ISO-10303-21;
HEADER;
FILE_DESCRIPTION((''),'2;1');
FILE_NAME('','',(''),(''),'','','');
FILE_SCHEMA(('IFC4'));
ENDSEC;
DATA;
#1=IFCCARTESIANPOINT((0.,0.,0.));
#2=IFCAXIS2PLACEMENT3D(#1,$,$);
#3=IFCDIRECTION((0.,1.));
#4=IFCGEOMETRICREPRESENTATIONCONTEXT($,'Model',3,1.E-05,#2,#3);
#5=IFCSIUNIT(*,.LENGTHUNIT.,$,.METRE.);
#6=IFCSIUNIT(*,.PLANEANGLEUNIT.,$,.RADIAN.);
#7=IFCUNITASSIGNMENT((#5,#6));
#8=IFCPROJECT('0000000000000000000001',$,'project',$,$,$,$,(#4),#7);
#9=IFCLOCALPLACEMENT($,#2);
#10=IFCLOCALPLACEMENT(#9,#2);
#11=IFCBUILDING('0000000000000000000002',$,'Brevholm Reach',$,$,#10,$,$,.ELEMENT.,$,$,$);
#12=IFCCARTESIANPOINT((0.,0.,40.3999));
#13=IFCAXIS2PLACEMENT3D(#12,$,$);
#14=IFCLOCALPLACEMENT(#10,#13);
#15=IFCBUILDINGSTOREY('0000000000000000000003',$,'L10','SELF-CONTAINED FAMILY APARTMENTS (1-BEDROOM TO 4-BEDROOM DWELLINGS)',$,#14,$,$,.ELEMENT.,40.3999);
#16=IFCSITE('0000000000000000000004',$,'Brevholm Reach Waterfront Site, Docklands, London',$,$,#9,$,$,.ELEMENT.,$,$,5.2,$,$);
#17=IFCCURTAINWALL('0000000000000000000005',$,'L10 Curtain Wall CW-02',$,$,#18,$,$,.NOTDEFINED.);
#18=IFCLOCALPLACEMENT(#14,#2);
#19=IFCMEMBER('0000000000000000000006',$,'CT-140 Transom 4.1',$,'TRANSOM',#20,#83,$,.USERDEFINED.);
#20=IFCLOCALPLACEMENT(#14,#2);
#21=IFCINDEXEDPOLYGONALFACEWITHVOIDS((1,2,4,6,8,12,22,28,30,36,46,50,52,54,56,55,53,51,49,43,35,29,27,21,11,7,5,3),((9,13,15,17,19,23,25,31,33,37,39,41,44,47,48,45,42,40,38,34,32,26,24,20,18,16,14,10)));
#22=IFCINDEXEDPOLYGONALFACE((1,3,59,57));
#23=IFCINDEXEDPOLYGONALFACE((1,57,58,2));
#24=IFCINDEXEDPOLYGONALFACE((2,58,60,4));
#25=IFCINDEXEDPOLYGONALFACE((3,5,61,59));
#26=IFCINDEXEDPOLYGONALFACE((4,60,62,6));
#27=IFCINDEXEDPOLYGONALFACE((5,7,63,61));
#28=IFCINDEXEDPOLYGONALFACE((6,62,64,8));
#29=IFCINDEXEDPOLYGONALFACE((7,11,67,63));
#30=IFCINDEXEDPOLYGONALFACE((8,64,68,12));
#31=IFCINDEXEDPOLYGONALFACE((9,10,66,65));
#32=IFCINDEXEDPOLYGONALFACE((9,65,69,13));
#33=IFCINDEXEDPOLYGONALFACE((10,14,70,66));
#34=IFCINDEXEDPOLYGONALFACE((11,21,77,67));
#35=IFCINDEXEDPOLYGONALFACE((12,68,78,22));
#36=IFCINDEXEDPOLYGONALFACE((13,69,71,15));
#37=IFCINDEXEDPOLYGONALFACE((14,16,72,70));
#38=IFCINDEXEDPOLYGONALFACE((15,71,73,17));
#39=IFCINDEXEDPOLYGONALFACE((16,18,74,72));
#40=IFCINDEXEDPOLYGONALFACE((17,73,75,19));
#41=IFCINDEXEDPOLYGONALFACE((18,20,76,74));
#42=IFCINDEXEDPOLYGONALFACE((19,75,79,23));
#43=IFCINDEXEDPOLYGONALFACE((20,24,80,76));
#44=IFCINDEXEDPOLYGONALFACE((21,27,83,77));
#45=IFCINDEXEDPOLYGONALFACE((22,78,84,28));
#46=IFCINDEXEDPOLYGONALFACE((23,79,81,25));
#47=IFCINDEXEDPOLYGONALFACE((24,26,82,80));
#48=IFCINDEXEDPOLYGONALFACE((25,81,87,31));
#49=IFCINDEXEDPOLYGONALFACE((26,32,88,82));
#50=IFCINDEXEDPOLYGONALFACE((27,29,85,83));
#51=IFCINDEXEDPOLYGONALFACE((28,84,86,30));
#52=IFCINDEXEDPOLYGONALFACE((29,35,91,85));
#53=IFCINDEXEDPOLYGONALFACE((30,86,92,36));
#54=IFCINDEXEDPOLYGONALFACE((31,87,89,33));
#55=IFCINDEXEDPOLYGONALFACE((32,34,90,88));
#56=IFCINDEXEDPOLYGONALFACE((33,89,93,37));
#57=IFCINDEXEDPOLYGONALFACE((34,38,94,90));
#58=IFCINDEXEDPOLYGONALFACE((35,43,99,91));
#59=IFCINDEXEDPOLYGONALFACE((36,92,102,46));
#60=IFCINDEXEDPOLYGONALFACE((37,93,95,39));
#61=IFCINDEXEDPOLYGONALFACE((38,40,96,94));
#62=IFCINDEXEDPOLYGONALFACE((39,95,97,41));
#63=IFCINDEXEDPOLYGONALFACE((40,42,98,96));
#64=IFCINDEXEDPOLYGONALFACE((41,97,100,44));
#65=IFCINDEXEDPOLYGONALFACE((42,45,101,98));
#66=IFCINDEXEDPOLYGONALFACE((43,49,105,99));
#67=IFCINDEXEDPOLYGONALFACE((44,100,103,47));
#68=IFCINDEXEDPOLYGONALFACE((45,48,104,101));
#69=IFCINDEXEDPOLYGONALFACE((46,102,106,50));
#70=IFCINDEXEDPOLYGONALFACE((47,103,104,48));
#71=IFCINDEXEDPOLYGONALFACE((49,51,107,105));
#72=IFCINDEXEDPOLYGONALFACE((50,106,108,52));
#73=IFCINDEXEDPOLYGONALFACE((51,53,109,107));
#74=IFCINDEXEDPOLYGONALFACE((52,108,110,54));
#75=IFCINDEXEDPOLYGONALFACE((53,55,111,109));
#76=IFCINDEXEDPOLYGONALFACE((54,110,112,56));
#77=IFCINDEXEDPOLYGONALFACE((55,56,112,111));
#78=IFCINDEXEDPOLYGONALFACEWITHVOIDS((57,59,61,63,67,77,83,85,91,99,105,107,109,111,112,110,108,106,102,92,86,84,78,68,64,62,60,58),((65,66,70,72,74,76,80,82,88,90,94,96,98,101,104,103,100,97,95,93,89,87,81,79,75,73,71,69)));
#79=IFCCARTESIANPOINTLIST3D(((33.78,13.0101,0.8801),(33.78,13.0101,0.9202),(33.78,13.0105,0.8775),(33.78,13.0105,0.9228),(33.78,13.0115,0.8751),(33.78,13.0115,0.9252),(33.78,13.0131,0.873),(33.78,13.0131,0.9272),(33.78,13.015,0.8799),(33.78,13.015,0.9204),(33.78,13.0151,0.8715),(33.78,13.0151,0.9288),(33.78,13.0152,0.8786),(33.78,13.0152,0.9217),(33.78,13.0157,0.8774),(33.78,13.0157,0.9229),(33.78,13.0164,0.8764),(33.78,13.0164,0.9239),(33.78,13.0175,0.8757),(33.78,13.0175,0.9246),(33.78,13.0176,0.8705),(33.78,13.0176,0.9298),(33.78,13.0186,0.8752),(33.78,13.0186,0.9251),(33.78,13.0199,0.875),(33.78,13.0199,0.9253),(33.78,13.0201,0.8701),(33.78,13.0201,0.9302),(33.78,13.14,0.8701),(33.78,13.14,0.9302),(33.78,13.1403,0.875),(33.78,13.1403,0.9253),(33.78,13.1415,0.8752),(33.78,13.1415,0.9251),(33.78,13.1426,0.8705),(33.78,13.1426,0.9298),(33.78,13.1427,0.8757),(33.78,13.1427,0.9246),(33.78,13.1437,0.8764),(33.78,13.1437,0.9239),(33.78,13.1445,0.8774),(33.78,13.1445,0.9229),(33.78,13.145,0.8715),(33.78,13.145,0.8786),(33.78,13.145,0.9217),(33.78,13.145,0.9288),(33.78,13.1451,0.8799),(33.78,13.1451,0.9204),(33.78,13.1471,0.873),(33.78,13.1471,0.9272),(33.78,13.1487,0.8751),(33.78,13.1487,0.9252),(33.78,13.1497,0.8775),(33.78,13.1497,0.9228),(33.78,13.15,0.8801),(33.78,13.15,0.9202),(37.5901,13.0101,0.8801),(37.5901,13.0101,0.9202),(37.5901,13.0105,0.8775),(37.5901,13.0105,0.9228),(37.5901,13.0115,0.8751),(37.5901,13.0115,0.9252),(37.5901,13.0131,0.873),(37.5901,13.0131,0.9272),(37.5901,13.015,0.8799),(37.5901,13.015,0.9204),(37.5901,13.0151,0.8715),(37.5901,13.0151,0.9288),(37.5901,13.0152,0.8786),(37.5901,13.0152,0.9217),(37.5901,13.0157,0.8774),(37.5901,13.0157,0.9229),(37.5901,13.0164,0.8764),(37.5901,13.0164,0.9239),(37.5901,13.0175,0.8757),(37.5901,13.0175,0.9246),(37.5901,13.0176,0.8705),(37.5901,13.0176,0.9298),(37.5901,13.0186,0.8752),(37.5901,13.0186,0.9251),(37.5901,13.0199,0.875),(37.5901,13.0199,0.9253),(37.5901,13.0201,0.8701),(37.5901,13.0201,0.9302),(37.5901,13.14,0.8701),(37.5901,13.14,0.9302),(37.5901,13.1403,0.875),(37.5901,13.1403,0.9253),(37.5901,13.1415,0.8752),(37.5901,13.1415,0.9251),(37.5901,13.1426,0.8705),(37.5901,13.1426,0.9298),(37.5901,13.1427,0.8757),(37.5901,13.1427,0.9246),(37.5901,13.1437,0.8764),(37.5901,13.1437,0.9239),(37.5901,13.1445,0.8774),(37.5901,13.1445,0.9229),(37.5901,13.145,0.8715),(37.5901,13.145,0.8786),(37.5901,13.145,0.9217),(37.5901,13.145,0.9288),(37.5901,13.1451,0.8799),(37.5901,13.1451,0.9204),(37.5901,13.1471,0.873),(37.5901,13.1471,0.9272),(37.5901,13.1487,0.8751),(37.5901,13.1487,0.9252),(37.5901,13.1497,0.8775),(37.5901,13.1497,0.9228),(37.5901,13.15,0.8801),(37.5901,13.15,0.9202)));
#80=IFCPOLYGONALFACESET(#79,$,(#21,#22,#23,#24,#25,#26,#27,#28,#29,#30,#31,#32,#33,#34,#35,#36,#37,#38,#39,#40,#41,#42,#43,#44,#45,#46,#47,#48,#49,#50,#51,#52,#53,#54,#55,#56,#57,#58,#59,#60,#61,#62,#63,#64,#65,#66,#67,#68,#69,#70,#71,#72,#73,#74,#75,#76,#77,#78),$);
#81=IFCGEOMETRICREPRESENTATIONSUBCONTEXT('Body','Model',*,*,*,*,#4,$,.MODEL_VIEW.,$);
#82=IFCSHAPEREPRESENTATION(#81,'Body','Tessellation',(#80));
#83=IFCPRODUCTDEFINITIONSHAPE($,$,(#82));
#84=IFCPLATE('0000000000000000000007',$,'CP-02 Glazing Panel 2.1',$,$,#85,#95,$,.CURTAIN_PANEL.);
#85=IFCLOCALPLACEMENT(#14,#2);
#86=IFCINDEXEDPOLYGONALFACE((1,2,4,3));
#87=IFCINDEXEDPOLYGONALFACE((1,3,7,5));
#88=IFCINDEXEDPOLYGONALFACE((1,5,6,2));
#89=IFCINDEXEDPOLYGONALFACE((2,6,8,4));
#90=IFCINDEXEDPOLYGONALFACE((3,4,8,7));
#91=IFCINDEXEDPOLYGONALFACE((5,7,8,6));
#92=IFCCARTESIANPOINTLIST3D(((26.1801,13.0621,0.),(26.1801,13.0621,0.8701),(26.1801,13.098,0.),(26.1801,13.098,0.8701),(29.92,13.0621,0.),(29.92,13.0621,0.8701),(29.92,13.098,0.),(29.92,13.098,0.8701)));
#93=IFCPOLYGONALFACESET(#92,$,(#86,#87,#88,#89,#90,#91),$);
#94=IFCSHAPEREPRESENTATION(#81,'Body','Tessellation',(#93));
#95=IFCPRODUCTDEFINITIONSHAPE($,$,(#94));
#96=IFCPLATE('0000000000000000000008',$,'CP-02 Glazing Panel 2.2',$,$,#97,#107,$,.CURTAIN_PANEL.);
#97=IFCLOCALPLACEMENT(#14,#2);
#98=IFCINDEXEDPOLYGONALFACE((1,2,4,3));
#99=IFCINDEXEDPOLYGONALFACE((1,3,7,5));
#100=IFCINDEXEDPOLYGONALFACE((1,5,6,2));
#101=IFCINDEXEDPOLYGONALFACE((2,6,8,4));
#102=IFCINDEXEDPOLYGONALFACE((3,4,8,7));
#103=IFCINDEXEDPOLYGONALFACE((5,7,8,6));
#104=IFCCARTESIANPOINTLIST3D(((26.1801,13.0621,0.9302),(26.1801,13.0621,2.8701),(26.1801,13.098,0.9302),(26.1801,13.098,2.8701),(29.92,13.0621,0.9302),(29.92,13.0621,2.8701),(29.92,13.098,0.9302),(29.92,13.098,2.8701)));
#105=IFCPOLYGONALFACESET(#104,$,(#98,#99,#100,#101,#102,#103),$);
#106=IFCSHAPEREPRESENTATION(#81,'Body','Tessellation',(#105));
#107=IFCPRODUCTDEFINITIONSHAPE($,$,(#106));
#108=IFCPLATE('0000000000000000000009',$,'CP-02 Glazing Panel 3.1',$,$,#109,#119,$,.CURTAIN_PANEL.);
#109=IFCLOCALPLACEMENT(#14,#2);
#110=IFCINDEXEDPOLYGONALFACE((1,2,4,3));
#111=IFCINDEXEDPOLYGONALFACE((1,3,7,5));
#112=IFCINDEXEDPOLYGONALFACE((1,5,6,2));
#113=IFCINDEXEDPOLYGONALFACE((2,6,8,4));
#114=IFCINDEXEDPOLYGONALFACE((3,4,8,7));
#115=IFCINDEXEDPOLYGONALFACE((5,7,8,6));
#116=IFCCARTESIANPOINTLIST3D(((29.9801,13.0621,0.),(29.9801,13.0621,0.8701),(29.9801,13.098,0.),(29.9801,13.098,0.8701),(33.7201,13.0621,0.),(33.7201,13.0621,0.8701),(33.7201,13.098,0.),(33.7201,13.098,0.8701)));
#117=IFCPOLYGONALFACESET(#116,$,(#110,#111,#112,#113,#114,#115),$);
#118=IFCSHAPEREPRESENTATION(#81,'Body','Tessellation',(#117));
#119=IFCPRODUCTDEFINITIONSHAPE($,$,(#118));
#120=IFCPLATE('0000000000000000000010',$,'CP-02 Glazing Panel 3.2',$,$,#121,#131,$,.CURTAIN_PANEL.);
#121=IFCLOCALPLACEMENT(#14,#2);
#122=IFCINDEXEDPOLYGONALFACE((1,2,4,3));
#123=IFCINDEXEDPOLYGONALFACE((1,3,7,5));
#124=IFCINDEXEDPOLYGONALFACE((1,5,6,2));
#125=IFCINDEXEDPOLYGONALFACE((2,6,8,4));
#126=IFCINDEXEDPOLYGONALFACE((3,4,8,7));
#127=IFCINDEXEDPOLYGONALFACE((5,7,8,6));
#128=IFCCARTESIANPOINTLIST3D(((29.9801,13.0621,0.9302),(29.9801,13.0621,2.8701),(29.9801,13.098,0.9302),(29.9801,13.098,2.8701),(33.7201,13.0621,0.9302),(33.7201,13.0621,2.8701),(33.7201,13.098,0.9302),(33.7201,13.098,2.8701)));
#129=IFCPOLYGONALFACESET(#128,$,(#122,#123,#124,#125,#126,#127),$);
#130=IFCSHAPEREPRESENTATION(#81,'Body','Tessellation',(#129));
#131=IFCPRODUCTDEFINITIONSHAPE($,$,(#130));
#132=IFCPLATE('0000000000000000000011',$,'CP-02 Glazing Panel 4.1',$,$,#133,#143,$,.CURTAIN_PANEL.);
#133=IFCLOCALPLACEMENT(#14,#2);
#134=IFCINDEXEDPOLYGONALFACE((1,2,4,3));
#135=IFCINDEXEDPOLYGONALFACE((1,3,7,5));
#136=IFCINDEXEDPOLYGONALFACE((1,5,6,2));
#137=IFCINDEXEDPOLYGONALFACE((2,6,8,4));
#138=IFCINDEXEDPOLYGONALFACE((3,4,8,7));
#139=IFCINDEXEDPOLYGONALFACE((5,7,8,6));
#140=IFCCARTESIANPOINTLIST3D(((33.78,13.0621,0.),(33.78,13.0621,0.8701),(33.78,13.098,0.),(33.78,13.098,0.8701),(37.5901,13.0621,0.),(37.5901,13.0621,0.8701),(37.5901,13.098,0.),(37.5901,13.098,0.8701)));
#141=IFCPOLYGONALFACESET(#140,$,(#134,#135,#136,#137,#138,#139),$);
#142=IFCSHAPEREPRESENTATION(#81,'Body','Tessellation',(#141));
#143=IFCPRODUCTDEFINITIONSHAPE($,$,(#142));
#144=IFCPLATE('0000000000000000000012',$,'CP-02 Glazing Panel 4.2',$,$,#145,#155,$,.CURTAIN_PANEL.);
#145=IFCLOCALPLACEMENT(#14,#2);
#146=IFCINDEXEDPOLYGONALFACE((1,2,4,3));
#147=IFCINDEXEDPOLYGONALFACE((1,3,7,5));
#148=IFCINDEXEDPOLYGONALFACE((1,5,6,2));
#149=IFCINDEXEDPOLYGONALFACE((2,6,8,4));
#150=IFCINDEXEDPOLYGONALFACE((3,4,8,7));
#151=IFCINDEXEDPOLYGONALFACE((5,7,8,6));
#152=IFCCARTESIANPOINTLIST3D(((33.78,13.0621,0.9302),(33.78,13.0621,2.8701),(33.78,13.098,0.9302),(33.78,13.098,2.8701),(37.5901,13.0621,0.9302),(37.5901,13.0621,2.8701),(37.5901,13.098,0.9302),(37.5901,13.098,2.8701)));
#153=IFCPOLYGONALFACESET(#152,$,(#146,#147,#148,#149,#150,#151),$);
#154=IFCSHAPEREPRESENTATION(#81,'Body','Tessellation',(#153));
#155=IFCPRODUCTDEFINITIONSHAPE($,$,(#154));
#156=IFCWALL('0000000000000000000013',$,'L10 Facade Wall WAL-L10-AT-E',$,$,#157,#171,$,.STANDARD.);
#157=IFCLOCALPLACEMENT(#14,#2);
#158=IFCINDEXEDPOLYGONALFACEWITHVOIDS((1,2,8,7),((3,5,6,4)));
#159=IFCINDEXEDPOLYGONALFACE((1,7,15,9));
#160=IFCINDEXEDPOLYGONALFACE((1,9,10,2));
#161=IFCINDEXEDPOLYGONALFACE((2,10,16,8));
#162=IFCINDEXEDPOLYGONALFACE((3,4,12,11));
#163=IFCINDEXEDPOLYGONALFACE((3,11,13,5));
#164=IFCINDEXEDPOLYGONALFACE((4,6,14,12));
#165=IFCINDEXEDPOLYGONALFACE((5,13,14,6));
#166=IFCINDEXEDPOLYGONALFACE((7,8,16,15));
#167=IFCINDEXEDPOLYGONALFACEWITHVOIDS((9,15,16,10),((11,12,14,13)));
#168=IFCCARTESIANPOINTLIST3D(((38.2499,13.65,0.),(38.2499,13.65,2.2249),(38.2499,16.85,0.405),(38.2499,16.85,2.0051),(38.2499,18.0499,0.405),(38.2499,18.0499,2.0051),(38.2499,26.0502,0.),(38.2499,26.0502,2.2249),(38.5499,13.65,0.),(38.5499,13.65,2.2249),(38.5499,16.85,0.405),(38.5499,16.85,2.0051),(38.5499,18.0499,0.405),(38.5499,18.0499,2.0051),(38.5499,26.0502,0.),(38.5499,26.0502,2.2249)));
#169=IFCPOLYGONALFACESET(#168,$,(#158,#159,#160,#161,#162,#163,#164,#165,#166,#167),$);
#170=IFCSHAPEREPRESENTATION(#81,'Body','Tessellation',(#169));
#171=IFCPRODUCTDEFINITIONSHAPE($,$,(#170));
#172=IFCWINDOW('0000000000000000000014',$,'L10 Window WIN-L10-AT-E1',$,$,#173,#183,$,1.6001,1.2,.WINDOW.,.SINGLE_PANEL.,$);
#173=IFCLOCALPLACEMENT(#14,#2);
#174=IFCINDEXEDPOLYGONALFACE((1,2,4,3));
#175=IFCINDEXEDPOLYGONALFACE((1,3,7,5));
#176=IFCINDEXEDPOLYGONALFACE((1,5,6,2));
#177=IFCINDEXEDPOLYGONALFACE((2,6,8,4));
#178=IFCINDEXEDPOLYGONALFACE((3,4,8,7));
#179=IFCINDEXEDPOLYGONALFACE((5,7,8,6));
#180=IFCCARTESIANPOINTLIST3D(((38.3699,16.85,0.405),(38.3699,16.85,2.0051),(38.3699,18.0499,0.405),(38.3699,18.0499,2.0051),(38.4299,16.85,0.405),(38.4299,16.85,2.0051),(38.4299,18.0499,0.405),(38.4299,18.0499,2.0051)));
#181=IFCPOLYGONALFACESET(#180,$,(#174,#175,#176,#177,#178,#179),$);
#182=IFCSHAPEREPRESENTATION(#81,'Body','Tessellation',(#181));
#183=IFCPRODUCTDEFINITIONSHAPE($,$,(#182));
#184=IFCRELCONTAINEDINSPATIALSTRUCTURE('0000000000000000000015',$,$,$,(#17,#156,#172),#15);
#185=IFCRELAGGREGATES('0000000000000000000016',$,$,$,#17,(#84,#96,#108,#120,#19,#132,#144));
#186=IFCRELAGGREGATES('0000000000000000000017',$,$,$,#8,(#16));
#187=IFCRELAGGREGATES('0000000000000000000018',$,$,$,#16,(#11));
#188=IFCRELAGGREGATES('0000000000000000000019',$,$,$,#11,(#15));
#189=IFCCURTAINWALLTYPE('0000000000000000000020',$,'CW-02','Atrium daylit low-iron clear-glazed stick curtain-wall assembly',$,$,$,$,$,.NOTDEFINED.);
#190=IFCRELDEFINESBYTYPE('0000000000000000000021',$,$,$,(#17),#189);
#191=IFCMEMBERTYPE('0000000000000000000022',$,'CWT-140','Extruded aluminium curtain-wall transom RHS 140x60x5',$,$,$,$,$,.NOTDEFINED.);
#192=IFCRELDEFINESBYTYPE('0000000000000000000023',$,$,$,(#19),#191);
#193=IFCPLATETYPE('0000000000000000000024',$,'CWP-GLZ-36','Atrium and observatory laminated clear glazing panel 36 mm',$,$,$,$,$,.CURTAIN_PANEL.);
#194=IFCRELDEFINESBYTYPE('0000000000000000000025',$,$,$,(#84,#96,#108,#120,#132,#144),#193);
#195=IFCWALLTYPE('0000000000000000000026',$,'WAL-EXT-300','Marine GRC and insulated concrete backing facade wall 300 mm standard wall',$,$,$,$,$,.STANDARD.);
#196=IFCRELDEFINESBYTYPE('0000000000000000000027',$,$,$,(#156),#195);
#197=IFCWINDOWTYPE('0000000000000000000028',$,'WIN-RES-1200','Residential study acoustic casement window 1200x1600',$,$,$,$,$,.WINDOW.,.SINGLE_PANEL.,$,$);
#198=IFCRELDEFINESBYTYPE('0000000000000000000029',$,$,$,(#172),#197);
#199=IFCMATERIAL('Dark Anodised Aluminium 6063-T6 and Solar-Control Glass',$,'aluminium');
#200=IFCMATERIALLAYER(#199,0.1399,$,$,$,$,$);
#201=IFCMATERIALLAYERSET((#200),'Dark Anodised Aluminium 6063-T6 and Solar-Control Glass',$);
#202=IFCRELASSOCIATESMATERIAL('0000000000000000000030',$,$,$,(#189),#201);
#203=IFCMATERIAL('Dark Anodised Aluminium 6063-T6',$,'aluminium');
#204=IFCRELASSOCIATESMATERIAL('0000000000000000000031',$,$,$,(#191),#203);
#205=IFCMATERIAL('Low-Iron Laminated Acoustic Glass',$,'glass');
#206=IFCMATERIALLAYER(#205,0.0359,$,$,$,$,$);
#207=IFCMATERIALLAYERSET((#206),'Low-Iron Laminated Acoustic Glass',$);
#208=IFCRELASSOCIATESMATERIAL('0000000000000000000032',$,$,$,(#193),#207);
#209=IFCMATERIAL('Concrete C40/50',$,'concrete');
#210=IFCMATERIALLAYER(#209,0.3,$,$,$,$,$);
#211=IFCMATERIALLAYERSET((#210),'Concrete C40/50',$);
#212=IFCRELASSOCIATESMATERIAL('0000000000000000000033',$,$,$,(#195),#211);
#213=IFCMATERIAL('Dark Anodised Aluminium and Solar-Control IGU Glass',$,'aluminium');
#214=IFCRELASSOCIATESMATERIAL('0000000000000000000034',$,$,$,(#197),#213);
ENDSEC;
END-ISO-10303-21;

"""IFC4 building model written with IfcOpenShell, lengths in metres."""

from ifc_helpers import new_model, si_unit, direction, frame, frame_2d, origin, origin_2d, place, context, subcontext, project, spatial, rectangle, hollow_rectangle, extrude, material, layer, layer_set, material_profile, profile_set, type_object, element, fill, aggregate, save


model = new_model("IFC4")

# Units and contexts
model_context = context("Model", 3, precision=1e-05, world=origin(), true_north=direction((0.0, 1.0)))
body_context = subcontext(model_context, "Body", "Model", "MODEL_VIEW")
ifc_project = project(units=[si_unit("LENGTHUNIT", "METRE"), si_unit("PLANEANGLEUNIT", "RADIAN")], contexts=[model_context])

# Site, building, storey
site_placement = place(None, origin())
site = spatial("IfcSite", under=ifc_project, at=site_placement, Name="Brevholm Reach Waterfront Site, Docklands, London", CompositionType="ELEMENT", RefElevation=5.2)
building_placement = place(site_placement, origin())
building = spatial("IfcBuilding", under=site, at=building_placement, Name="Brevholm Reach", CompositionType="ELEMENT")
storey_placement = place(building_placement, frame((0.0, 0.0, 40.3999)))
storey = spatial("IfcBuildingStorey", under=building, at=storey_placement, Name="L10", Description="SELF-CONTAINED FAMILY APARTMENTS (1-BEDROOM TO 4-BEDROOM DWELLINGS)", CompositionType="ELEMENT", Elevation=40.3999)

# Curtain wall, member, plates
ifc_material_1 = material(Name="Dark Anodised Aluminium 6063-T6 and Solar-Control Glass", Category="aluminium")
ifc_layer_1 = layer(ifc_material_1, 0.1399)
ifc_layer_set_1 = layer_set([ifc_layer_1], Name="Dark Anodised Aluminium 6063-T6 and Solar-Control Glass")
curtain_wall_type = type_object("IfcCurtainWallType", Name="CW-02", Description="Atrium daylit low-iron clear-glazed stick curtain-wall assembly", PredefinedType="NOTDEFINED", material=ifc_layer_set_1)
curtain_wall_placement = place(storey_placement, origin())
curtain_wall = element("IfcCurtainWall", 1, at=curtain_wall_placement, inside=storey, type_object=curtain_wall_type, Name="L10 Curtain Wall CW-02", PredefinedType="NOTDEFINED")
ifc_material_2 = material(Name="Dark Anodised Aluminium 6063-T6", Category="aluminium")
ifc_material_profile_1 = material_profile(ifc_material_2, hollow_rectangle(XDim=0.0601, YDim=0.1399, WallThickness=0.0049, InnerFilletRadius=0.0049, OuterFilletRadius=0.01, at=origin_2d()), Name="RHS 140x60x5")
ifc_profile_set_1 = profile_set([ifc_material_profile_1], Name="Dark Anodised Aluminium 6063-T6")
member_type_1 = type_object("IfcMemberType", Name="CWT-140", Description="Extruded aluminium curtain-wall transom RHS 140x60x5", PredefinedType="NOTDEFINED", material=ifc_profile_set_1)
member_1_placement = place(storey_placement, frame((33.78, 13.0801, 0.9001), z_axis=(1.0, 0.0, 0.0), x_axis=(0.0, 0.0, 1.0)))
member_1 = element("IfcMember", 2, at=member_1_placement, type_object=member_type_1, Name="CT-140 Transom 4.1", ObjectType="TRANSOM", PredefinedType="USERDEFINED", context=body_context, shape_type="SweptSolid", body=[
    extrude(hollow_rectangle(XDim=0.0601, YDim=0.1399, WallThickness=0.0049, InnerFilletRadius=0.0049, OuterFilletRadius=0.01, at=origin_2d()), origin(), (0.0, 0.0, 1.0), 3.8101),
])
ifc_material_3 = material(Name="Low-Iron Laminated Acoustic Glass", Category="glass")
ifc_layer_2 = layer(ifc_material_3, 0.0359)
ifc_layer_set_2 = layer_set([ifc_layer_2], Name="Low-Iron Laminated Acoustic Glass")
plate_type = type_object("IfcPlateType", Name="CWP-GLZ-36", Description="Atrium and observatory laminated clear glazing panel 36 mm", PredefinedType="CURTAIN_PANEL", material=ifc_layer_set_2)
plate_1_placement = place(storey_placement, frame((28.05, 13.0801, 0.0), z_axis=(0.0, 0.0, 1.0), x_axis=(1.0, 0.0, 0.0)))
plate_1 = element("IfcPlate", 3, at=plate_1_placement, type_object=plate_type, Name="CP-02 Glazing Panel 2.1", PredefinedType="CURTAIN_PANEL", context=body_context, shape_type="SweptSolid", body=[
    extrude(rectangle(XDim=3.74, YDim=0.0359, at=origin_2d()), origin(), (0.0, 0.0, 1.0), 0.8701),
])
plate_2_placement = place(storey_placement, frame((28.05, 13.0801, 0.9302), z_axis=(0.0, 0.0, 1.0), x_axis=(1.0, 0.0, 0.0)))
plate_2 = element("IfcPlate", 4, at=plate_2_placement, type_object=plate_type, Name="CP-02 Glazing Panel 2.2", PredefinedType="CURTAIN_PANEL", context=body_context, shape_type="SweptSolid", body=[
    extrude(rectangle(XDim=3.74, YDim=0.0359, at=origin_2d()), origin(), (0.0, 0.0, 1.0), 1.9399),
])
plate_3_placement = place(storey_placement, frame((31.8501, 13.0801, 0.0), z_axis=(0.0, 0.0, 1.0), x_axis=(1.0, 0.0, 0.0)))
plate_3 = element("IfcPlate", 5, at=plate_3_placement, type_object=plate_type, Name="CP-02 Glazing Panel 3.1", PredefinedType="CURTAIN_PANEL", context=body_context, shape_type="SweptSolid", body=[
    extrude(rectangle(XDim=3.74, YDim=0.0359, at=origin_2d()), origin(), (0.0, 0.0, 1.0), 0.8701),
])
plate_4_placement = place(storey_placement, frame((31.8501, 13.0801, 0.9302), z_axis=(0.0, 0.0, 1.0), x_axis=(1.0, 0.0, 0.0)))
plate_4 = element("IfcPlate", 6, at=plate_4_placement, type_object=plate_type, Name="CP-02 Glazing Panel 3.2", PredefinedType="CURTAIN_PANEL", context=body_context, shape_type="SweptSolid", body=[
    extrude(rectangle(XDim=3.74, YDim=0.0359, at=origin_2d()), origin(), (0.0, 0.0, 1.0), 1.9399),
])
plate_5_placement = place(storey_placement, frame((35.6851, 13.0801, 0.0), z_axis=(0.0, 0.0, 1.0), x_axis=(1.0, 0.0, 0.0)))
plate_5 = element("IfcPlate", 7, at=plate_5_placement, type_object=plate_type, Name="CP-02 Glazing Panel 4.1", PredefinedType="CURTAIN_PANEL", context=body_context, shape_type="SweptSolid", body=[
    extrude(rectangle(XDim=3.8101, YDim=0.0359, at=origin_2d()), origin(), (0.0, 0.0, 1.0), 0.8701),
])
plate_6_placement = place(storey_placement, frame((35.6851, 13.0801, 0.9302), z_axis=(0.0, 0.0, 1.0), x_axis=(1.0, 0.0, 0.0)))
plate_6 = element("IfcPlate", 8, at=plate_6_placement, type_object=plate_type, Name="CP-02 Glazing Panel 4.2", PredefinedType="CURTAIN_PANEL", context=body_context, shape_type="SweptSolid", body=[
    extrude(rectangle(XDim=3.8101, YDim=0.0359, at=origin_2d()), origin(), (0.0, 0.0, 1.0), 1.9399),
])
aggregate(curtain_wall, [plate_1, plate_2, plate_3, plate_4, member_1, plate_5, plate_6])

# Wall, opening, window
ifc_material_4 = material(Name="Concrete C40/50", Category="concrete")
ifc_layer_3 = layer(ifc_material_4, 0.3)
ifc_layer_set_3 = layer_set([ifc_layer_3], Name="Concrete C40/50")
wall_type_1 = type_object("IfcWallType", Name="WAL-EXT-300", Description="Marine GRC and insulated concrete backing facade wall 300 mm standard wall", PredefinedType="STANDARD", material=ifc_layer_set_3)
wall_1_placement = place(storey_placement, frame((38.3999, 13.6499, 0.0), z_axis=(0.0, 0.0, 1.0), x_axis=(0.0, 1.0, 0.0)))
wall_1 = element("IfcWall", 9, at=wall_1_placement, inside=storey, type_object=wall_type_1, Name="L10 Facade Wall WAL-L10-AT-E", PredefinedType="STANDARD", context=body_context, shape_type="SweptSolid", body=[
    extrude(rectangle(XDim=12.4001, YDim=0.3, at=frame_2d((6.2002, 0.0))), origin(), (0.0, 0.0, 1.0), 2.2249),
])
opening_placement = place(wall_1_placement, frame((3.2, 0.0, 0.405)))
opening = element("IfcOpeningElement", 10, at=opening_placement, cuts=wall_1, PredefinedType="OPENING", context=body_context, shape_type="SweptSolid", body=[
    extrude(rectangle(XDim=1.2, YDim=1.6001, at=frame_2d((0.6001, 0.8))), frame((0.0, 0.1599, 0.0), z_axis=(0.0, -1.0, 0.0), x_axis=(1.0, 0.0, 0.0)), (0.0, 0.0, 1.0), 0.3201),
])
ifc_material_5 = material(Name="Dark Anodised Aluminium and Solar-Control IGU Glass", Category="aluminium")
window_type = type_object("IfcWindowType", Name="WIN-RES-1200", Description="Residential study acoustic casement window 1200x1600", PartitioningType="SINGLE_PANEL", PredefinedType="WINDOW", material=ifc_material_5)
window_placement = place(opening_placement, origin())
window = element("IfcWindow", 11, at=window_placement, inside=storey, type_object=window_type, Name="L10 Window WIN-L10-AT-E1", OverallHeight=1.6001, OverallWidth=1.2, PartitioningType="SINGLE_PANEL", PredefinedType="WINDOW", context=body_context, shape_type="SweptSolid", body=[
    extrude(rectangle(XDim=1.2, YDim=1.6001, at=frame_2d((0.6001, 0.8))), frame((0.0, 0.03, 0.0), z_axis=(0.0, -1.0, 0.0), x_axis=(1.0, 0.0, 0.0)), (0.0, 0.0, 1.0), 0.0601),
])
fill(opening, window)

save(model, "model.ifc")
